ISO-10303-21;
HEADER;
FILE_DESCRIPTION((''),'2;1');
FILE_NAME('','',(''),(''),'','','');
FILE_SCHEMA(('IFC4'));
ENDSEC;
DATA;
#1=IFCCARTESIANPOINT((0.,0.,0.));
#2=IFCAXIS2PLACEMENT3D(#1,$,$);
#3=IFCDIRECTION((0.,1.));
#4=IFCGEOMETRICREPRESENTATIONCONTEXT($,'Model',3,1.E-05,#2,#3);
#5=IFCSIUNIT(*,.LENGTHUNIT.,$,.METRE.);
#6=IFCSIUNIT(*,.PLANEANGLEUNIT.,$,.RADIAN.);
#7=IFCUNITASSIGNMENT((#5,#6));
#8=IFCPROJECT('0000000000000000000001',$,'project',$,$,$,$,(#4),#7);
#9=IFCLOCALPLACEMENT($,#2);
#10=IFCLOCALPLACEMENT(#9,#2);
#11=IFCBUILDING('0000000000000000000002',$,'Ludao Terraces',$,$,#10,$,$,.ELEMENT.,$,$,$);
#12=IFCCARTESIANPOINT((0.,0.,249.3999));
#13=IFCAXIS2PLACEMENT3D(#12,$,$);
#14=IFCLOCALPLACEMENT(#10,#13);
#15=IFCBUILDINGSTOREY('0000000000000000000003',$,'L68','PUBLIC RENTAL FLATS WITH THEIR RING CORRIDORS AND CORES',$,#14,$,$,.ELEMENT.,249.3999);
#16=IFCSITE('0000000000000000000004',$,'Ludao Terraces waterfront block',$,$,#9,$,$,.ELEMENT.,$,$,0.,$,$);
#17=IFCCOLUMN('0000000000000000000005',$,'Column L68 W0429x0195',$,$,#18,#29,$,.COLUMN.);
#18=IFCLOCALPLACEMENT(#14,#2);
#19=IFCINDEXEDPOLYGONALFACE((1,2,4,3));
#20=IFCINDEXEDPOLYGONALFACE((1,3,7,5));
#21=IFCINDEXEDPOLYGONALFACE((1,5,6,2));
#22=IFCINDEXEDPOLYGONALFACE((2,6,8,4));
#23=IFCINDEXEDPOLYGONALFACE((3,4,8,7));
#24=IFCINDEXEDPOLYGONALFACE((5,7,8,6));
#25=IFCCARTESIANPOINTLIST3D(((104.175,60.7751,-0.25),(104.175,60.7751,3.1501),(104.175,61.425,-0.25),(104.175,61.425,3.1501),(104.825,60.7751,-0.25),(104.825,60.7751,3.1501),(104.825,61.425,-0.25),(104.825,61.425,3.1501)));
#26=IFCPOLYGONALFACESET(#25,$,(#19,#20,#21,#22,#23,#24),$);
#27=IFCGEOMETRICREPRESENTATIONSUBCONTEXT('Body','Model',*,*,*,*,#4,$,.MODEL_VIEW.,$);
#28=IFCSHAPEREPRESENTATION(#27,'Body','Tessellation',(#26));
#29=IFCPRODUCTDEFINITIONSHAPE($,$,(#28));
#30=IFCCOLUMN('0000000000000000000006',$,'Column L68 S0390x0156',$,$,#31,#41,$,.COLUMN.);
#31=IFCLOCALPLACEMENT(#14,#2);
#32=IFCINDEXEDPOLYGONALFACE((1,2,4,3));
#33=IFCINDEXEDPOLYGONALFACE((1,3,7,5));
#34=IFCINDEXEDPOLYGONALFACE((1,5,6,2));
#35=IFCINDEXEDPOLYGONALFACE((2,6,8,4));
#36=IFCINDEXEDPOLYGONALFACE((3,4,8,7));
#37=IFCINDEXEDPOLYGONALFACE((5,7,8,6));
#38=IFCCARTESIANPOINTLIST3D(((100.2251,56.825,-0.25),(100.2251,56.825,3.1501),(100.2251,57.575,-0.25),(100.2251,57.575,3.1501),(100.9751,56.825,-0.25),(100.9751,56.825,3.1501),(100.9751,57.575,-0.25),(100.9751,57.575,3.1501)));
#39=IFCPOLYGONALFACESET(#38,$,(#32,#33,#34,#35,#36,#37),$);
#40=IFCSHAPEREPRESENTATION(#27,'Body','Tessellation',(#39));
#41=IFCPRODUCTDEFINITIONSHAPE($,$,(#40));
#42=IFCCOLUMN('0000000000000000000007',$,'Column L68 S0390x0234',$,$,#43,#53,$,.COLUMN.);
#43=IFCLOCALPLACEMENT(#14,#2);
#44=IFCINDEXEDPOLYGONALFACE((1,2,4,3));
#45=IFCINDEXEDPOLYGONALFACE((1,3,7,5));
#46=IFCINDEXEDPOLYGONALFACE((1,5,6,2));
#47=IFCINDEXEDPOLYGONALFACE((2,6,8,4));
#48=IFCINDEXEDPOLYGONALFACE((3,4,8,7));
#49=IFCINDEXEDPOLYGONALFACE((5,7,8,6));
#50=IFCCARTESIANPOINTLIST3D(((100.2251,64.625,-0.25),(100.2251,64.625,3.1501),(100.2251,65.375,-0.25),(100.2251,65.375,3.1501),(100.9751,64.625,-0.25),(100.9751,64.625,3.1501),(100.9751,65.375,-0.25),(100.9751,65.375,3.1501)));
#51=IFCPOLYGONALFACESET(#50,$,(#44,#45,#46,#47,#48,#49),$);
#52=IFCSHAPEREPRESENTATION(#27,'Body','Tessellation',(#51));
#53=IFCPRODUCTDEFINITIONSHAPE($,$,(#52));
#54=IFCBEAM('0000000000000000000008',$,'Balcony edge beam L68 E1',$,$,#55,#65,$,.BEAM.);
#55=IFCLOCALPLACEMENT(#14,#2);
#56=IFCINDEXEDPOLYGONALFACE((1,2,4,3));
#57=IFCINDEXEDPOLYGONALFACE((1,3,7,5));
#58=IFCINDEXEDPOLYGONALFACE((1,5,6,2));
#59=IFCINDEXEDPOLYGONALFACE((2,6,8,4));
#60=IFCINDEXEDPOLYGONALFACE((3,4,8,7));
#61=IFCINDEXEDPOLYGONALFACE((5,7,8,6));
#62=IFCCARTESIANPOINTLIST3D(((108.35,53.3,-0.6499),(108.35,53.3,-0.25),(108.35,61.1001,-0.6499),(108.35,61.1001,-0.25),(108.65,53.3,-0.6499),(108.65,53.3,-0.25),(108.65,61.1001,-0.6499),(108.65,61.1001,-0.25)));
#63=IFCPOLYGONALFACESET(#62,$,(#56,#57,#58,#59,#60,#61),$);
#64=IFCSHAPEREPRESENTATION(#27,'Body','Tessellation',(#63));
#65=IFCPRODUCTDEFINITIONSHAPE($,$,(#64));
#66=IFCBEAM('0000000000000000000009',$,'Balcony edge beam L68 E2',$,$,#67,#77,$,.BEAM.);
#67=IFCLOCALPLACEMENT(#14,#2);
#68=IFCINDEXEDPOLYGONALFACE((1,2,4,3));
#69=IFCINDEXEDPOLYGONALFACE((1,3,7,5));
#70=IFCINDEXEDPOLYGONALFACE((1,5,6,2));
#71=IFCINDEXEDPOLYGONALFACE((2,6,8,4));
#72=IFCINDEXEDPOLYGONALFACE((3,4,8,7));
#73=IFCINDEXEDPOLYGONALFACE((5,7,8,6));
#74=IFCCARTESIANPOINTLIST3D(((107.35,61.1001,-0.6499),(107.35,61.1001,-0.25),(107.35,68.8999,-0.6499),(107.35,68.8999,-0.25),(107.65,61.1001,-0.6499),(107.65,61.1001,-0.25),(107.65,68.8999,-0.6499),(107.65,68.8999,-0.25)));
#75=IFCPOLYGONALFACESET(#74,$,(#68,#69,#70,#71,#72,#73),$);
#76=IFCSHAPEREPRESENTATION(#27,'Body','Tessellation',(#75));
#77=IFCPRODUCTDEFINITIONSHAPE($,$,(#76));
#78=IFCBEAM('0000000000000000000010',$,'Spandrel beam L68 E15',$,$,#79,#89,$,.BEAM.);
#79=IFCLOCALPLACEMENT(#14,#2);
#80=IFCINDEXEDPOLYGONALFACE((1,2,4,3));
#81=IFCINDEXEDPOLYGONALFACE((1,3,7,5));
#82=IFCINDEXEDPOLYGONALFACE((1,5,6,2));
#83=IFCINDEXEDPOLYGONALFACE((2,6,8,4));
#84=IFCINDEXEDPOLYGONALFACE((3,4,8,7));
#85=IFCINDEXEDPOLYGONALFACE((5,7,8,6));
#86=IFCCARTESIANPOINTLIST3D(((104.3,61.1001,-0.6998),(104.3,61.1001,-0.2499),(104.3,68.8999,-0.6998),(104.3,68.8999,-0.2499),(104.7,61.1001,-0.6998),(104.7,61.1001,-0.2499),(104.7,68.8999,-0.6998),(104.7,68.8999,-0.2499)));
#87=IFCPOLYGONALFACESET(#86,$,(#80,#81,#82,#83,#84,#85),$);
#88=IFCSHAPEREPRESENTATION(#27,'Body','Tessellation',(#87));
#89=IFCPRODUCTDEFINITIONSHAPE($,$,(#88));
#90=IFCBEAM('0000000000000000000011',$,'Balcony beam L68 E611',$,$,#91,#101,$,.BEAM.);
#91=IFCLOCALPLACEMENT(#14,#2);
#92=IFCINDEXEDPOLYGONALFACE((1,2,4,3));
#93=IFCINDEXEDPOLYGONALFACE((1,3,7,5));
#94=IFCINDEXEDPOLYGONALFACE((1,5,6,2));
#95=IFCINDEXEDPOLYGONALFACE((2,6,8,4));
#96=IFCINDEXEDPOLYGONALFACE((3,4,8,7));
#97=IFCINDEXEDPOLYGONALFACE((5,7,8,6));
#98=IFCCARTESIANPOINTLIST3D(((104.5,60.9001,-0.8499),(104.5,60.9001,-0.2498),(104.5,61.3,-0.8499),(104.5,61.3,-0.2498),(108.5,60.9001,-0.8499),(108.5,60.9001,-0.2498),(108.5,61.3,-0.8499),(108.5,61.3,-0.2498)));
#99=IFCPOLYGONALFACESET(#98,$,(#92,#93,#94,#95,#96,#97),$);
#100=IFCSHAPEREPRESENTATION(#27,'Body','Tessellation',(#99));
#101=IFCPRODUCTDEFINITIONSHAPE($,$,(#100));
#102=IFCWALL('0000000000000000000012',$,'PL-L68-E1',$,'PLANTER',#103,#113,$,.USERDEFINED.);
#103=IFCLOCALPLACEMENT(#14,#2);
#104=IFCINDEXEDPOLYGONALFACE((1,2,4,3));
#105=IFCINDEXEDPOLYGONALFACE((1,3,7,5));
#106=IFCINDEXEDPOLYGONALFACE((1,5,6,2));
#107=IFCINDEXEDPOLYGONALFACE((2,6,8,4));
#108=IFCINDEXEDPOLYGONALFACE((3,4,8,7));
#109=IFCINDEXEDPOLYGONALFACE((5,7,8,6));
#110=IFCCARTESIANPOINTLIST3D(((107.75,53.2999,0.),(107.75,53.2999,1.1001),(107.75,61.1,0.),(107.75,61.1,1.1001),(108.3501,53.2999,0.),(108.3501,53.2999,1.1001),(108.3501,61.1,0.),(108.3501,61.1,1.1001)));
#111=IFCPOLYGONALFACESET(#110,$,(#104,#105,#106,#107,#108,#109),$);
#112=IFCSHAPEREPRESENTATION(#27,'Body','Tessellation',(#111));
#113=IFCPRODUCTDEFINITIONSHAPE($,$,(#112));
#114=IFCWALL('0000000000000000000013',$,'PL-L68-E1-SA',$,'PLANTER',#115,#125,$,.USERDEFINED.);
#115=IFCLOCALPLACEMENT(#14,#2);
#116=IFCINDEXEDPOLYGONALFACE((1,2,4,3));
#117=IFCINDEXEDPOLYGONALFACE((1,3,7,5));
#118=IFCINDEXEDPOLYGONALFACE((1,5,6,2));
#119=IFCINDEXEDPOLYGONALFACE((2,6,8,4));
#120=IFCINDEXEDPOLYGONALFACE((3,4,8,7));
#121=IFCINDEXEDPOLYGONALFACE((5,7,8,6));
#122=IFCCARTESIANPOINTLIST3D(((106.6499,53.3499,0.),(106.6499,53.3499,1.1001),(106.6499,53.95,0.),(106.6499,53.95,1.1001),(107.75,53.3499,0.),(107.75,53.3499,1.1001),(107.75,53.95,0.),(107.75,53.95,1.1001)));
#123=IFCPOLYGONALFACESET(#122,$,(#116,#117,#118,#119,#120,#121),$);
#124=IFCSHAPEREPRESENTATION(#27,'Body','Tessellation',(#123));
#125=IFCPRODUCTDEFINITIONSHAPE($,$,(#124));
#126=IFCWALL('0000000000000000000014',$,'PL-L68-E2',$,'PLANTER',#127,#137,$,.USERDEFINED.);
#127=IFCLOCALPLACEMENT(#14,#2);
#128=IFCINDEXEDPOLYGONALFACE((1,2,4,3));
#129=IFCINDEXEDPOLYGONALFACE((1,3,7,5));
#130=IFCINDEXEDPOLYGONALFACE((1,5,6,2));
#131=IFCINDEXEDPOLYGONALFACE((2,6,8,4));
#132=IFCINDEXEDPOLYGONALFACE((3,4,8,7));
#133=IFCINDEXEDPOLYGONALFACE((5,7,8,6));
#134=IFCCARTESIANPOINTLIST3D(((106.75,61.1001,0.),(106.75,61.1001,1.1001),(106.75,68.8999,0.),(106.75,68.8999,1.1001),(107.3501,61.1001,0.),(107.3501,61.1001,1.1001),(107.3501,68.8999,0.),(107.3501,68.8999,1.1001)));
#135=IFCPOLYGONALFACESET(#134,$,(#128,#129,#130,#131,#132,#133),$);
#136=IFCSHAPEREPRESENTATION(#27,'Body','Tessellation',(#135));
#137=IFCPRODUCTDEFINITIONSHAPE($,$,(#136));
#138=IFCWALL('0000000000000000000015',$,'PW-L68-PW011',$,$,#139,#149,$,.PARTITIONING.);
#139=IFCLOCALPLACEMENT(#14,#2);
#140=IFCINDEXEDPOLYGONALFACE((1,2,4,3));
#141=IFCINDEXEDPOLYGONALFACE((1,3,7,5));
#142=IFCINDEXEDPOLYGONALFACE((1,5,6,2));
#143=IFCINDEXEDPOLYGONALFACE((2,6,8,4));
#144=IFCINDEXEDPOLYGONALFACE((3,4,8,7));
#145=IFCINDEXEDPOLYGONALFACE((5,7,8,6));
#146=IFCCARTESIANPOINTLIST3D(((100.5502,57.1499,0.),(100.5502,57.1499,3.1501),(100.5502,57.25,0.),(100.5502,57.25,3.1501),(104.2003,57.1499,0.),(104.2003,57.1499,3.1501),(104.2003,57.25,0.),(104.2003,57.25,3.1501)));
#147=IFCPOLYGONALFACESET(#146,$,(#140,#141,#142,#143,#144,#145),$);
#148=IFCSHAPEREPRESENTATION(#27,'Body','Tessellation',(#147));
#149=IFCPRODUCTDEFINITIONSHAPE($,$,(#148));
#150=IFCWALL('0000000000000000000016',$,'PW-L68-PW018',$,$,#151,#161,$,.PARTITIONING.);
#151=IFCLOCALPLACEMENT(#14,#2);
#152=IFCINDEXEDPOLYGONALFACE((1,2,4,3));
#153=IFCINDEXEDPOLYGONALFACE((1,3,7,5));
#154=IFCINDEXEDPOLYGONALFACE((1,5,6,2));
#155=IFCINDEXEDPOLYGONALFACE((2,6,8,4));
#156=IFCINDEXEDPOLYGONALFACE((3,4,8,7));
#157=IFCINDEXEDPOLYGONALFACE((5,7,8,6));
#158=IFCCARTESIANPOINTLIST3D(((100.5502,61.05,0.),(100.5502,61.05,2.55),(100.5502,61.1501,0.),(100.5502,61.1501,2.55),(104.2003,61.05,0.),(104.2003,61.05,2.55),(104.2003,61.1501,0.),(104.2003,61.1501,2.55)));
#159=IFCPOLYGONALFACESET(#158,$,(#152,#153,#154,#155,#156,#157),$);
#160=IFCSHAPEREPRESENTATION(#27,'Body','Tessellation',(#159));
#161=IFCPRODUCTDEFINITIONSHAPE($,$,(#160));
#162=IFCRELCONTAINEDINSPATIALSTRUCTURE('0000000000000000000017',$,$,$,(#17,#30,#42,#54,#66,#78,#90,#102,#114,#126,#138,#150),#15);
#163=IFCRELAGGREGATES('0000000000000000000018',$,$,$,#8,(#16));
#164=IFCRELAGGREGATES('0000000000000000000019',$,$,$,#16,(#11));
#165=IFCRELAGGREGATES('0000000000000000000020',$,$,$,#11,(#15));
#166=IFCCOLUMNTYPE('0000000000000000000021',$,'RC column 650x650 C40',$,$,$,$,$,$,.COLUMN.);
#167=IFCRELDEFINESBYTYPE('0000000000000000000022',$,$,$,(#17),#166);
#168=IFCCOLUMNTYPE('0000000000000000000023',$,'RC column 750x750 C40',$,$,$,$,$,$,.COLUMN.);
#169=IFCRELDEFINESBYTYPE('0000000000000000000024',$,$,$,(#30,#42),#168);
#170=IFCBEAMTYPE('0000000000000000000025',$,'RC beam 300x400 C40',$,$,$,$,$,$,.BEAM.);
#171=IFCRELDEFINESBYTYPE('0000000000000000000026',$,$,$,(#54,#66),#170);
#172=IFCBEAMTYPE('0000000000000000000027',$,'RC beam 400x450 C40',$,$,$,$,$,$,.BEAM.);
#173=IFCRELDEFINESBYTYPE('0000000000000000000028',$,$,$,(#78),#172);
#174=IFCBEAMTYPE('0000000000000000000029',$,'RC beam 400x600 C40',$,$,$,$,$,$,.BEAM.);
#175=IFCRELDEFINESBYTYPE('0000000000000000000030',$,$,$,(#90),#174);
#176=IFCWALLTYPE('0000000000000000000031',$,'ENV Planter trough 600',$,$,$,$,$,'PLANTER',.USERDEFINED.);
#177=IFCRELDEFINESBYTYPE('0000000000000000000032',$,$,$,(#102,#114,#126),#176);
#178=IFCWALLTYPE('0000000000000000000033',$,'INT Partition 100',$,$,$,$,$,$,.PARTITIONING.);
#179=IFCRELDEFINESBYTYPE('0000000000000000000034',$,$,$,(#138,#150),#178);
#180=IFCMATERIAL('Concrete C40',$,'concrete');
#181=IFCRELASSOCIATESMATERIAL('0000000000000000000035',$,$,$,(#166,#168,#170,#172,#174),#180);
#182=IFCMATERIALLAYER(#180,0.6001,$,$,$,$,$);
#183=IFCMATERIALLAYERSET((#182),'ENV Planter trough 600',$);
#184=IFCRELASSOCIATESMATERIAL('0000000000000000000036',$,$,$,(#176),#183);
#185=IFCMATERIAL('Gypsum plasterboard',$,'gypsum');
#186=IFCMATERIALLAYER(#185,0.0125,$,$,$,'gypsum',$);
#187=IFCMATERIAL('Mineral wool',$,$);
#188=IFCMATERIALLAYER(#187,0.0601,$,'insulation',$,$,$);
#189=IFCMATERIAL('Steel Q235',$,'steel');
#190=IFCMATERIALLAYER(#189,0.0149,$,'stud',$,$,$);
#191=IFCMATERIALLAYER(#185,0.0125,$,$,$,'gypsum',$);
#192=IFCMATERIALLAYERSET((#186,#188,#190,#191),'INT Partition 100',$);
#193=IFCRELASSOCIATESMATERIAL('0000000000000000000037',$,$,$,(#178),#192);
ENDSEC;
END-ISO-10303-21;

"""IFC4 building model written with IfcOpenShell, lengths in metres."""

from ifc_helpers import new_model, si_unit, direction, frame, frame_2d, origin, origin_2d, place, context, subcontext, project, spatial, rectangle, extrude, material, layer, layer_set, material_profile, profile_set, type_object, element, save


model = new_model("IFC4")

# Units and contexts
model_context = context("Model", 3, precision=1e-05, world=origin(), true_north=direction((0.0, 1.0)))
body_context = subcontext(model_context, "Body", "Model", "MODEL_VIEW")
ifc_project = project(units=[si_unit("LENGTHUNIT", "METRE"), si_unit("PLANEANGLEUNIT", "RADIAN")], contexts=[model_context])

# Site, building, storey
site_placement = place(None, origin())
site = spatial("IfcSite", under=ifc_project, at=site_placement, Name="Ludao Terraces waterfront block", CompositionType="ELEMENT", RefElevation=0.0)
building_placement = place(site_placement, origin())
building = spatial("IfcBuilding", under=site, at=building_placement, Name="Ludao Terraces", CompositionType="ELEMENT")
storey_placement = place(building_placement, frame((0.0, 0.0, 249.3999)))
storey = spatial("IfcBuildingStorey", under=building, at=storey_placement, Name="L68", Description="PUBLIC RENTAL FLATS WITH THEIR RING CORRIDORS AND CORES", CompositionType="ELEMENT", Elevation=249.3999)

# Columns
ifc_material_1 = material(Name="Concrete C40", Category="concrete")
ifc_material_profile_1 = material_profile(ifc_material_1, rectangle(XDim=0.6499, YDim=0.6499, at=origin_2d()), Name="650 X 650")
ifc_profile_set_1 = profile_set([ifc_material_profile_1], Name="Concrete C40")
column_type_1 = type_object("IfcColumnType", Name="RC column 650x650 C40", PredefinedType="COLUMN", material=ifc_profile_set_1)
column_placement = place(storey_placement, frame((104.5, 61.1001, -0.25), z_axis=(0.0, 0.0, 1.0), x_axis=(1.0, 0.0, 0.0)))
element("IfcColumn", 1, at=column_placement, inside=storey, type_object=column_type_1, Name="Column L68 W0429x0195", PredefinedType="COLUMN", context=body_context, shape_type="SweptSolid", body=[
    extrude(rectangle(XDim=0.6499, YDim=0.6499, at=origin_2d()), origin(), (0.0, 0.0, 1.0), 3.4001),
])
ifc_material_profile_2 = material_profile(ifc_material_1, rectangle(XDim=0.75, YDim=0.75, at=origin_2d()), Name="750 X 750")
ifc_profile_set_2 = profile_set([ifc_material_profile_2], Name="Concrete C40")
column_type_2 = type_object("IfcColumnType", Name="RC column 750x750 C40", PredefinedType="COLUMN", material=ifc_profile_set_2)
for number, where, z_axis, x_axis, name in (
    (2, (100.6001, 57.2, -0.25), (0.0, 0.0, 1.0), (1.0, 0.0, 0.0), "Column L68 S0390x0156"),
    (3, (100.6001, 65.0, -0.25), (0.0, 0.0, 1.0), (1.0, 0.0, 0.0), "Column L68 S0390x0234"),
):
    element("IfcColumn", number, at=place(storey_placement, frame(where, z_axis=z_axis, x_axis=x_axis)), inside=storey, type_object=column_type_2, Name=name, PredefinedType="COLUMN", context=body_context, shape_type="SweptSolid", body=[
        extrude(rectangle(XDim=0.75, YDim=0.75, at=origin_2d()), origin(), (0.0, 0.0, 1.0), 3.4001),
    ])

# Beams
ifc_material_profile_3 = material_profile(ifc_material_1, rectangle(XDim=0.3, YDim=0.3999, at=origin_2d()), Name="300 X 400")
ifc_profile_set_3 = profile_set([ifc_material_profile_3], Name="Concrete C40")
beam_type_1 = type_object("IfcBeamType", Name="RC beam 300x400 C40", PredefinedType="BEAM", material=ifc_profile_set_3)
beam_1_placement = place(storey_placement, frame((108.5, 53.3, -0.45), z_axis=(0.0, 1.0, 0.0), x_axis=(-1.0, 0.0, 0.0)))
element("IfcBeam", 4, at=beam_1_placement, inside=storey, type_object=beam_type_1, Name="Balcony edge beam L68 E1", PredefinedType="BEAM", context=body_context, shape_type="SweptSolid", body=[
    extrude(rectangle(XDim=0.3, YDim=0.3999, at=origin_2d()), origin(), (0.0, 0.0, 1.0), 7.8),
])
beam_2_placement = place(storey_placement, frame((107.5, 61.1001, -0.45), z_axis=(0.0, 1.0, 0.0), x_axis=(-1.0, 0.0, 0.0)))
element("IfcBeam", 5, at=beam_2_placement, inside=storey, type_object=beam_type_1, Name="Balcony edge beam L68 E2", PredefinedType="BEAM", context=body_context, shape_type="SweptSolid", body=[
    extrude(rectangle(XDim=0.3, YDim=0.3999, at=origin_2d()), origin(), (0.0, 0.0, 1.0), 7.7998),
])
ifc_material_profile_4 = material_profile(ifc_material_1, rectangle(XDim=0.3999, YDim=0.45, at=origin_2d()), Name="400 X 450")
ifc_profile_set_4 = profile_set([ifc_material_profile_4], Name="Concrete C40")
beam_type_2 = type_object("IfcBeamType", Name="RC beam 400x450 C40", PredefinedType="BEAM", material=ifc_profile_set_4)
beam_3_placement = place(storey_placement, frame((104.5, 61.1001, -0.4749), z_axis=(0.0, 1.0, 0.0), x_axis=(-1.0, 0.0, 0.0)))
element("IfcBeam", 6, at=beam_3_placement, inside=storey, type_object=beam_type_2, Name="Spandrel beam L68 E15", PredefinedType="BEAM", context=body_context, shape_type="SweptSolid", body=[
    extrude(rectangle(XDim=0.3999, YDim=0.45, at=origin_2d()), origin(), (0.0, 0.0, 1.0), 7.7998),
])
ifc_material_profile_5 = material_profile(ifc_material_1, rectangle(XDim=0.3999, YDim=0.6001, at=origin_2d()), Name="400 X 600")
ifc_profile_set_5 = profile_set([ifc_material_profile_5], Name="Concrete C40")
beam_type_3 = type_object("IfcBeamType", Name="RC beam 400x600 C40", PredefinedType="BEAM", material=ifc_profile_set_5)
beam_4_placement = place(storey_placement, frame((104.5, 61.1001, -0.5498), z_axis=(1.0, 0.0, 0.0), x_axis=(0.0, 1.0, 0.0)))
element("IfcBeam", 7, at=beam_4_placement, inside=storey, type_object=beam_type_3, Name="Balcony beam L68 E611", PredefinedType="BEAM", context=body_context, shape_type="SweptSolid", body=[
    extrude(rectangle(XDim=0.3999, YDim=0.6001, at=origin_2d()), origin(), (0.0, 0.0, 1.0), 4.0),
])

# Walls
ifc_layer_1 = layer(ifc_material_1, 0.6001)
ifc_layer_set_1 = layer_set([ifc_layer_1], Name="ENV Planter trough 600")
wall_type_1 = type_object("IfcWallType", Name="ENV Planter trough 600", ElementType="PLANTER", PredefinedType="USERDEFINED", material=ifc_layer_set_1)
wall_1_placement = place(storey_placement, frame((108.05, 53.3, 0.0), z_axis=(0.0, 0.0, 1.0), x_axis=(0.0, 1.0, 0.0)))
element("IfcWall", 8, at=wall_1_placement, inside=storey, type_object=wall_type_1, Name="PL-L68-E1", ObjectType="PLANTER", PredefinedType="USERDEFINED", context=body_context, shape_type="SweptSolid", body=[
    extrude(rectangle(XDim=7.8, YDim=0.6001, at=frame_2d((3.8999, 0.0))), origin(), (0.0, 0.0, 1.0), 1.1001),
])
wall_2_placement = place(storey_placement, frame((107.75, 53.6499, 0.0), z_axis=(0.0, 0.0, 1.0), x_axis=(-1.0, 0.0, 0.0)))
element("IfcWall", 9, at=wall_2_placement, inside=storey, type_object=wall_type_1, Name="PL-L68-E1-SA", ObjectType="PLANTER", PredefinedType="USERDEFINED", context=body_context, shape_type="SweptSolid", body=[
    extrude(rectangle(XDim=1.1001, YDim=0.6001, at=frame_2d((0.55, 0.0))), origin(), (0.0, 0.0, 1.0), 1.1001),
])
wall_3_placement = place(storey_placement, frame((107.05, 61.1001, 0.0), z_axis=(0.0, 0.0, 1.0), x_axis=(0.0, 1.0, 0.0)))
element("IfcWall", 10, at=wall_3_placement, inside=storey, type_object=wall_type_1, Name="PL-L68-E2", ObjectType="PLANTER", PredefinedType="USERDEFINED", context=body_context, shape_type="SweptSolid", body=[
    extrude(rectangle(XDim=7.7998, YDim=0.6001, at=frame_2d((3.8999, 0.0))), origin(), (0.0, 0.0, 1.0), 1.1001),
])

# Shared definitions
ifc_material_2 = material(Name="Mineral wool")

# Walls
ifc_material_3 = material(Name="Gypsum plasterboard", Category="gypsum")
ifc_layer_2 = layer(ifc_material_3, 0.0125, Category="gypsum")
ifc_layer_3 = layer(ifc_material_2, 0.0601, Name="insulation")
ifc_material_4 = material(Name="Steel Q235", Category="steel")
ifc_layer_4 = layer(ifc_material_4, 0.0149, Name="stud")
ifc_layer_5 = layer(ifc_material_3, 0.0125, Category="gypsum")
ifc_layer_set_2 = layer_set([ifc_layer_2, ifc_layer_3, ifc_layer_4, ifc_layer_5], Name="INT Partition 100")
wall_type_2 = type_object("IfcWallType", Name="INT Partition 100", PredefinedType="PARTITIONING", material=ifc_layer_set_2)
wall_4_placement = place(storey_placement, frame((100.55, 57.2, 0.0), z_axis=(0.0, 0.0, 1.0), x_axis=(1.0, 0.0, 0.0)))
element("IfcWall", 11, at=wall_4_placement, inside=storey, type_object=wall_type_2, Name="PW-L68-PW011", PredefinedType="PARTITIONING", context=body_context, shape_type="SweptSolid", body=[
    extrude(rectangle(XDim=3.6501, YDim=0.1001, at=frame_2d((1.8252, 0.0))), origin(), (0.0, 0.0, 1.0), 3.1501),
])
wall_5_placement = place(storey_placement, frame((100.55, 61.1001, 0.0), z_axis=(0.0, 0.0, 1.0), x_axis=(1.0, 0.0, 0.0)))
element("IfcWall", 12, at=wall_5_placement, inside=storey, type_object=wall_type_2, Name="PW-L68-PW018", PredefinedType="PARTITIONING", context=body_context, shape_type="SweptSolid", body=[
    extrude(rectangle(XDim=3.6501, YDim=0.1001, at=frame_2d((1.8252, 0.0))), origin(), (0.0, 0.0, 1.0), 2.55),
])

save(model, "model.ifc")
